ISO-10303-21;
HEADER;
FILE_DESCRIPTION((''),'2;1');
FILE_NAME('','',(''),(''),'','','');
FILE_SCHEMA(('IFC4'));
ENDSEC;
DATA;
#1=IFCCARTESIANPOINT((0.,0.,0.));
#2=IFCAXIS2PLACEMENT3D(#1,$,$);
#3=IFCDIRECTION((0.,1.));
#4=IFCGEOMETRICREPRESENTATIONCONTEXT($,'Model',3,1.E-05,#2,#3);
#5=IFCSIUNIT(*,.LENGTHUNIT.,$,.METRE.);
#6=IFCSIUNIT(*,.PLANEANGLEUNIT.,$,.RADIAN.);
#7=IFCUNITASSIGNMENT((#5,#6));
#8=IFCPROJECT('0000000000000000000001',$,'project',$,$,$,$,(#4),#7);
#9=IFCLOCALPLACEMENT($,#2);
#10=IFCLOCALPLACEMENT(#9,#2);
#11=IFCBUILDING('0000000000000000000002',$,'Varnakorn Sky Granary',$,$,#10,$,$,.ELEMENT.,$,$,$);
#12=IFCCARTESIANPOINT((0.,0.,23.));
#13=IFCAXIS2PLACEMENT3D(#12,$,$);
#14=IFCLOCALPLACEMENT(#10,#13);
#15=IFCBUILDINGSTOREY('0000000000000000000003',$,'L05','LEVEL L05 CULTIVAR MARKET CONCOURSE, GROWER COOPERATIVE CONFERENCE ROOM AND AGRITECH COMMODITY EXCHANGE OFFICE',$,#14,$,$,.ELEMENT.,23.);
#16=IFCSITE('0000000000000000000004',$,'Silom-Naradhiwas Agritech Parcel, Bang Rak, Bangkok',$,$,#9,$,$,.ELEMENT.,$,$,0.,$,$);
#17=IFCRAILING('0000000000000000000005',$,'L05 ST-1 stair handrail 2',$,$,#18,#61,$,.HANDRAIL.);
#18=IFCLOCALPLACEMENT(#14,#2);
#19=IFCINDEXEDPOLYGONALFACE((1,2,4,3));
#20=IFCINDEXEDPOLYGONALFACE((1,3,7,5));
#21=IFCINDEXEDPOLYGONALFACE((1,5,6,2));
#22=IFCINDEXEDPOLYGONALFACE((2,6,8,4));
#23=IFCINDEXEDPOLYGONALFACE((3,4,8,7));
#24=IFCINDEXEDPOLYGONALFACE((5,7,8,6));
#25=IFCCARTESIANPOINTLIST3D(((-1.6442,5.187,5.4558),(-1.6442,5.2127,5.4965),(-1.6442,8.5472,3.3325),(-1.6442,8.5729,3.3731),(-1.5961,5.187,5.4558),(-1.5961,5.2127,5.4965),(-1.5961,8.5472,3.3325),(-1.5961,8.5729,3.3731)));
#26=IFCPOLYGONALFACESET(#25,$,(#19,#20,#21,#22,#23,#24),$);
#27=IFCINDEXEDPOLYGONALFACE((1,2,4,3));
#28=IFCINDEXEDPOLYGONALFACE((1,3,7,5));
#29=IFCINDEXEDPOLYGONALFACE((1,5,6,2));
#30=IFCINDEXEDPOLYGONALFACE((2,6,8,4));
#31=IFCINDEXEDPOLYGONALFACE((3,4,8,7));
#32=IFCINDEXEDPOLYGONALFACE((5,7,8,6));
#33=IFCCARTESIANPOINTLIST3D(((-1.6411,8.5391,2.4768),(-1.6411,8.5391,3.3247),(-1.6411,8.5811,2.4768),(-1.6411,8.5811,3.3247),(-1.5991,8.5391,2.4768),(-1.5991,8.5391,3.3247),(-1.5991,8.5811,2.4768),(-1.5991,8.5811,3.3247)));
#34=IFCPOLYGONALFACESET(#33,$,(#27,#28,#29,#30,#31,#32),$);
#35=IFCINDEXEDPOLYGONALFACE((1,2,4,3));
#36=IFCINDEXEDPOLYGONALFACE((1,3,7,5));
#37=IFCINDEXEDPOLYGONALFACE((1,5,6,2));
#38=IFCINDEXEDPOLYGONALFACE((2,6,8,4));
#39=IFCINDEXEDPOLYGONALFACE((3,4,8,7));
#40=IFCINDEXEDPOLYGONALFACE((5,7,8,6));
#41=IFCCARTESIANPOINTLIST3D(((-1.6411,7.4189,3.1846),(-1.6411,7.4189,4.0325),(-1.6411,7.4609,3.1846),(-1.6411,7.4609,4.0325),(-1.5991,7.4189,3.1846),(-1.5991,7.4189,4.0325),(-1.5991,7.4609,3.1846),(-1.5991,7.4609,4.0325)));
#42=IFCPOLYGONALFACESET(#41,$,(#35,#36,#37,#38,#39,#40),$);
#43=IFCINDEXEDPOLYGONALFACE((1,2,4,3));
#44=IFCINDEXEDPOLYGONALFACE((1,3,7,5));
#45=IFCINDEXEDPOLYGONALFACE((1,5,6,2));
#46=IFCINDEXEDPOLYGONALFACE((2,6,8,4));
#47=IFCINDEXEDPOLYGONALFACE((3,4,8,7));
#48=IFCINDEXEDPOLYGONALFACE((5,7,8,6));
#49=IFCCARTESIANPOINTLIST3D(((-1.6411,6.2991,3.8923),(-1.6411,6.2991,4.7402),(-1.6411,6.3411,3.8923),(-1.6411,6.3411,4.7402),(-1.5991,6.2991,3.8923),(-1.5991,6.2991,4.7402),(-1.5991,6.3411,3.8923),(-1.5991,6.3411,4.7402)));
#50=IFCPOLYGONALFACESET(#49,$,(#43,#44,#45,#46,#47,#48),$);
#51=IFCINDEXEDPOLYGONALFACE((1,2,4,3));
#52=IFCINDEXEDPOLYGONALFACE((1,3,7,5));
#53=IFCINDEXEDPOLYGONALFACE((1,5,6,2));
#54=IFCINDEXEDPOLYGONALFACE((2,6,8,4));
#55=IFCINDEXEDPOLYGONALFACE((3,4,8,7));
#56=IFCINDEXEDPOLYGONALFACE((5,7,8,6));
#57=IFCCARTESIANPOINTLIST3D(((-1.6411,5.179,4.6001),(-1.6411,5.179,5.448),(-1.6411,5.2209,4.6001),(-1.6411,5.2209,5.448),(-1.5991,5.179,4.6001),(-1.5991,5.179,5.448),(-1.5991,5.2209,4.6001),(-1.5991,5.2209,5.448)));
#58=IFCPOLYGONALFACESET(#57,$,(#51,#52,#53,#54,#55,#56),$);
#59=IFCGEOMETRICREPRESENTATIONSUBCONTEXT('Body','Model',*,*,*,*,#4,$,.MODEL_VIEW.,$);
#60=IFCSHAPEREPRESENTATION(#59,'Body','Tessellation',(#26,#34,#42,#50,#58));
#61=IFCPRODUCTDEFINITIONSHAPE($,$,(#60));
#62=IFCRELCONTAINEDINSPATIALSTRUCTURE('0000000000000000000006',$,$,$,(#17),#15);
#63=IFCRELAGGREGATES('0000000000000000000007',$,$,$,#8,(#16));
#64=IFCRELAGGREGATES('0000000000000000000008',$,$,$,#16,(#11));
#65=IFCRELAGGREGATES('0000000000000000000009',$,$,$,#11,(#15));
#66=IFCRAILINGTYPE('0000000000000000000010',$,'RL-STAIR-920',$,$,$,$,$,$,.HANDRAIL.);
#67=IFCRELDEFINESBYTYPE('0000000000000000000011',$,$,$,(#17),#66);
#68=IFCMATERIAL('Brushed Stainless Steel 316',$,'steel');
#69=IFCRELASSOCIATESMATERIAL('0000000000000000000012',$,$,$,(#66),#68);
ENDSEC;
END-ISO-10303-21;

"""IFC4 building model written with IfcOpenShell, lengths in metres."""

from ifc_helpers import new_model, si_unit, direction, frame, origin, origin_2d, place, context, subcontext, project, spatial, rectangle, extrude, material, type_object, element, save


model = new_model("IFC4")

# Units and contexts
model_context = context("Model", 3, precision=1e-05, world=origin(), true_north=direction((0.0, 1.0)))
body_context = subcontext(model_context, "Body", "Model", "MODEL_VIEW")
ifc_project = project(units=[si_unit("LENGTHUNIT", "METRE"), si_unit("PLANEANGLEUNIT", "RADIAN")], contexts=[model_context])

# Site, building, storey
site_placement = place(None, origin())
site = spatial("IfcSite", under=ifc_project, at=site_placement, Name="Silom-Naradhiwas Agritech Parcel, Bang Rak, Bangkok", CompositionType="ELEMENT", RefElevation=0.0)
building_placement = place(site_placement, origin())
building = spatial("IfcBuilding", under=site, at=building_placement, Name="Varnakorn Sky Granary", CompositionType="ELEMENT")
storey_placement = place(building_placement, frame((0.0, 0.0, 23.0)))
storey = spatial("IfcBuildingStorey", under=building, at=storey_placement, Name="L05", Description="LEVEL L05 CULTIVAR MARKET CONCOURSE, GROWER COOPERATIVE CONFERENCE ROOM AND AGRITECH COMMODITY EXCHANGE OFFICE", CompositionType="ELEMENT", Elevation=23.0)

# Railing
ifc_material_1 = material(Name="Brushed Stainless Steel 316", Category="steel")
railing_type_1 = type_object("IfcRailingType", Name="RL-STAIR-920", PredefinedType="HANDRAIL", material=ifc_material_1)
railing_1_placement = place(storey_placement, frame((-1.6201, 8.5601, 2.4768)))
element("IfcRailing", 1, at=railing_1_placement, inside=storey, type_object=railing_type_1, Name="L05 ST-1 stair handrail 2", PredefinedType="HANDRAIL", context=body_context, shape_type="SweptSolid", body=[
    extrude(rectangle(XDim=0.0481, YDim=0.0481, at=origin_2d()), frame((0.0, 0.0, 0.876), z_axis=(0.0, -0.845362, 0.534194), x_axis=(1.0, 0.0, 0.0)), (0.0, 0.0, 1.0), 3.9749),
    extrude(rectangle(XDim=0.042, YDim=0.042, at=origin_2d()), origin(), (0.0, 0.0, 1.0), 0.8479),
    extrude(rectangle(XDim=0.042, YDim=0.042, at=origin_2d()), frame((0.0, -1.1201, 0.7078)), (0.0, 0.0, 1.0), 0.8479),
    extrude(rectangle(XDim=0.042, YDim=0.042, at=origin_2d()), frame((0.0, -2.24, 1.4155)), (0.0, 0.0, 1.0), 0.8479),
    extrude(rectangle(XDim=0.042, YDim=0.042, at=origin_2d()), frame((0.0, -3.3601, 2.1233)), (0.0, 0.0, 1.0), 0.8479),
])

save(model, "model.ifc")
